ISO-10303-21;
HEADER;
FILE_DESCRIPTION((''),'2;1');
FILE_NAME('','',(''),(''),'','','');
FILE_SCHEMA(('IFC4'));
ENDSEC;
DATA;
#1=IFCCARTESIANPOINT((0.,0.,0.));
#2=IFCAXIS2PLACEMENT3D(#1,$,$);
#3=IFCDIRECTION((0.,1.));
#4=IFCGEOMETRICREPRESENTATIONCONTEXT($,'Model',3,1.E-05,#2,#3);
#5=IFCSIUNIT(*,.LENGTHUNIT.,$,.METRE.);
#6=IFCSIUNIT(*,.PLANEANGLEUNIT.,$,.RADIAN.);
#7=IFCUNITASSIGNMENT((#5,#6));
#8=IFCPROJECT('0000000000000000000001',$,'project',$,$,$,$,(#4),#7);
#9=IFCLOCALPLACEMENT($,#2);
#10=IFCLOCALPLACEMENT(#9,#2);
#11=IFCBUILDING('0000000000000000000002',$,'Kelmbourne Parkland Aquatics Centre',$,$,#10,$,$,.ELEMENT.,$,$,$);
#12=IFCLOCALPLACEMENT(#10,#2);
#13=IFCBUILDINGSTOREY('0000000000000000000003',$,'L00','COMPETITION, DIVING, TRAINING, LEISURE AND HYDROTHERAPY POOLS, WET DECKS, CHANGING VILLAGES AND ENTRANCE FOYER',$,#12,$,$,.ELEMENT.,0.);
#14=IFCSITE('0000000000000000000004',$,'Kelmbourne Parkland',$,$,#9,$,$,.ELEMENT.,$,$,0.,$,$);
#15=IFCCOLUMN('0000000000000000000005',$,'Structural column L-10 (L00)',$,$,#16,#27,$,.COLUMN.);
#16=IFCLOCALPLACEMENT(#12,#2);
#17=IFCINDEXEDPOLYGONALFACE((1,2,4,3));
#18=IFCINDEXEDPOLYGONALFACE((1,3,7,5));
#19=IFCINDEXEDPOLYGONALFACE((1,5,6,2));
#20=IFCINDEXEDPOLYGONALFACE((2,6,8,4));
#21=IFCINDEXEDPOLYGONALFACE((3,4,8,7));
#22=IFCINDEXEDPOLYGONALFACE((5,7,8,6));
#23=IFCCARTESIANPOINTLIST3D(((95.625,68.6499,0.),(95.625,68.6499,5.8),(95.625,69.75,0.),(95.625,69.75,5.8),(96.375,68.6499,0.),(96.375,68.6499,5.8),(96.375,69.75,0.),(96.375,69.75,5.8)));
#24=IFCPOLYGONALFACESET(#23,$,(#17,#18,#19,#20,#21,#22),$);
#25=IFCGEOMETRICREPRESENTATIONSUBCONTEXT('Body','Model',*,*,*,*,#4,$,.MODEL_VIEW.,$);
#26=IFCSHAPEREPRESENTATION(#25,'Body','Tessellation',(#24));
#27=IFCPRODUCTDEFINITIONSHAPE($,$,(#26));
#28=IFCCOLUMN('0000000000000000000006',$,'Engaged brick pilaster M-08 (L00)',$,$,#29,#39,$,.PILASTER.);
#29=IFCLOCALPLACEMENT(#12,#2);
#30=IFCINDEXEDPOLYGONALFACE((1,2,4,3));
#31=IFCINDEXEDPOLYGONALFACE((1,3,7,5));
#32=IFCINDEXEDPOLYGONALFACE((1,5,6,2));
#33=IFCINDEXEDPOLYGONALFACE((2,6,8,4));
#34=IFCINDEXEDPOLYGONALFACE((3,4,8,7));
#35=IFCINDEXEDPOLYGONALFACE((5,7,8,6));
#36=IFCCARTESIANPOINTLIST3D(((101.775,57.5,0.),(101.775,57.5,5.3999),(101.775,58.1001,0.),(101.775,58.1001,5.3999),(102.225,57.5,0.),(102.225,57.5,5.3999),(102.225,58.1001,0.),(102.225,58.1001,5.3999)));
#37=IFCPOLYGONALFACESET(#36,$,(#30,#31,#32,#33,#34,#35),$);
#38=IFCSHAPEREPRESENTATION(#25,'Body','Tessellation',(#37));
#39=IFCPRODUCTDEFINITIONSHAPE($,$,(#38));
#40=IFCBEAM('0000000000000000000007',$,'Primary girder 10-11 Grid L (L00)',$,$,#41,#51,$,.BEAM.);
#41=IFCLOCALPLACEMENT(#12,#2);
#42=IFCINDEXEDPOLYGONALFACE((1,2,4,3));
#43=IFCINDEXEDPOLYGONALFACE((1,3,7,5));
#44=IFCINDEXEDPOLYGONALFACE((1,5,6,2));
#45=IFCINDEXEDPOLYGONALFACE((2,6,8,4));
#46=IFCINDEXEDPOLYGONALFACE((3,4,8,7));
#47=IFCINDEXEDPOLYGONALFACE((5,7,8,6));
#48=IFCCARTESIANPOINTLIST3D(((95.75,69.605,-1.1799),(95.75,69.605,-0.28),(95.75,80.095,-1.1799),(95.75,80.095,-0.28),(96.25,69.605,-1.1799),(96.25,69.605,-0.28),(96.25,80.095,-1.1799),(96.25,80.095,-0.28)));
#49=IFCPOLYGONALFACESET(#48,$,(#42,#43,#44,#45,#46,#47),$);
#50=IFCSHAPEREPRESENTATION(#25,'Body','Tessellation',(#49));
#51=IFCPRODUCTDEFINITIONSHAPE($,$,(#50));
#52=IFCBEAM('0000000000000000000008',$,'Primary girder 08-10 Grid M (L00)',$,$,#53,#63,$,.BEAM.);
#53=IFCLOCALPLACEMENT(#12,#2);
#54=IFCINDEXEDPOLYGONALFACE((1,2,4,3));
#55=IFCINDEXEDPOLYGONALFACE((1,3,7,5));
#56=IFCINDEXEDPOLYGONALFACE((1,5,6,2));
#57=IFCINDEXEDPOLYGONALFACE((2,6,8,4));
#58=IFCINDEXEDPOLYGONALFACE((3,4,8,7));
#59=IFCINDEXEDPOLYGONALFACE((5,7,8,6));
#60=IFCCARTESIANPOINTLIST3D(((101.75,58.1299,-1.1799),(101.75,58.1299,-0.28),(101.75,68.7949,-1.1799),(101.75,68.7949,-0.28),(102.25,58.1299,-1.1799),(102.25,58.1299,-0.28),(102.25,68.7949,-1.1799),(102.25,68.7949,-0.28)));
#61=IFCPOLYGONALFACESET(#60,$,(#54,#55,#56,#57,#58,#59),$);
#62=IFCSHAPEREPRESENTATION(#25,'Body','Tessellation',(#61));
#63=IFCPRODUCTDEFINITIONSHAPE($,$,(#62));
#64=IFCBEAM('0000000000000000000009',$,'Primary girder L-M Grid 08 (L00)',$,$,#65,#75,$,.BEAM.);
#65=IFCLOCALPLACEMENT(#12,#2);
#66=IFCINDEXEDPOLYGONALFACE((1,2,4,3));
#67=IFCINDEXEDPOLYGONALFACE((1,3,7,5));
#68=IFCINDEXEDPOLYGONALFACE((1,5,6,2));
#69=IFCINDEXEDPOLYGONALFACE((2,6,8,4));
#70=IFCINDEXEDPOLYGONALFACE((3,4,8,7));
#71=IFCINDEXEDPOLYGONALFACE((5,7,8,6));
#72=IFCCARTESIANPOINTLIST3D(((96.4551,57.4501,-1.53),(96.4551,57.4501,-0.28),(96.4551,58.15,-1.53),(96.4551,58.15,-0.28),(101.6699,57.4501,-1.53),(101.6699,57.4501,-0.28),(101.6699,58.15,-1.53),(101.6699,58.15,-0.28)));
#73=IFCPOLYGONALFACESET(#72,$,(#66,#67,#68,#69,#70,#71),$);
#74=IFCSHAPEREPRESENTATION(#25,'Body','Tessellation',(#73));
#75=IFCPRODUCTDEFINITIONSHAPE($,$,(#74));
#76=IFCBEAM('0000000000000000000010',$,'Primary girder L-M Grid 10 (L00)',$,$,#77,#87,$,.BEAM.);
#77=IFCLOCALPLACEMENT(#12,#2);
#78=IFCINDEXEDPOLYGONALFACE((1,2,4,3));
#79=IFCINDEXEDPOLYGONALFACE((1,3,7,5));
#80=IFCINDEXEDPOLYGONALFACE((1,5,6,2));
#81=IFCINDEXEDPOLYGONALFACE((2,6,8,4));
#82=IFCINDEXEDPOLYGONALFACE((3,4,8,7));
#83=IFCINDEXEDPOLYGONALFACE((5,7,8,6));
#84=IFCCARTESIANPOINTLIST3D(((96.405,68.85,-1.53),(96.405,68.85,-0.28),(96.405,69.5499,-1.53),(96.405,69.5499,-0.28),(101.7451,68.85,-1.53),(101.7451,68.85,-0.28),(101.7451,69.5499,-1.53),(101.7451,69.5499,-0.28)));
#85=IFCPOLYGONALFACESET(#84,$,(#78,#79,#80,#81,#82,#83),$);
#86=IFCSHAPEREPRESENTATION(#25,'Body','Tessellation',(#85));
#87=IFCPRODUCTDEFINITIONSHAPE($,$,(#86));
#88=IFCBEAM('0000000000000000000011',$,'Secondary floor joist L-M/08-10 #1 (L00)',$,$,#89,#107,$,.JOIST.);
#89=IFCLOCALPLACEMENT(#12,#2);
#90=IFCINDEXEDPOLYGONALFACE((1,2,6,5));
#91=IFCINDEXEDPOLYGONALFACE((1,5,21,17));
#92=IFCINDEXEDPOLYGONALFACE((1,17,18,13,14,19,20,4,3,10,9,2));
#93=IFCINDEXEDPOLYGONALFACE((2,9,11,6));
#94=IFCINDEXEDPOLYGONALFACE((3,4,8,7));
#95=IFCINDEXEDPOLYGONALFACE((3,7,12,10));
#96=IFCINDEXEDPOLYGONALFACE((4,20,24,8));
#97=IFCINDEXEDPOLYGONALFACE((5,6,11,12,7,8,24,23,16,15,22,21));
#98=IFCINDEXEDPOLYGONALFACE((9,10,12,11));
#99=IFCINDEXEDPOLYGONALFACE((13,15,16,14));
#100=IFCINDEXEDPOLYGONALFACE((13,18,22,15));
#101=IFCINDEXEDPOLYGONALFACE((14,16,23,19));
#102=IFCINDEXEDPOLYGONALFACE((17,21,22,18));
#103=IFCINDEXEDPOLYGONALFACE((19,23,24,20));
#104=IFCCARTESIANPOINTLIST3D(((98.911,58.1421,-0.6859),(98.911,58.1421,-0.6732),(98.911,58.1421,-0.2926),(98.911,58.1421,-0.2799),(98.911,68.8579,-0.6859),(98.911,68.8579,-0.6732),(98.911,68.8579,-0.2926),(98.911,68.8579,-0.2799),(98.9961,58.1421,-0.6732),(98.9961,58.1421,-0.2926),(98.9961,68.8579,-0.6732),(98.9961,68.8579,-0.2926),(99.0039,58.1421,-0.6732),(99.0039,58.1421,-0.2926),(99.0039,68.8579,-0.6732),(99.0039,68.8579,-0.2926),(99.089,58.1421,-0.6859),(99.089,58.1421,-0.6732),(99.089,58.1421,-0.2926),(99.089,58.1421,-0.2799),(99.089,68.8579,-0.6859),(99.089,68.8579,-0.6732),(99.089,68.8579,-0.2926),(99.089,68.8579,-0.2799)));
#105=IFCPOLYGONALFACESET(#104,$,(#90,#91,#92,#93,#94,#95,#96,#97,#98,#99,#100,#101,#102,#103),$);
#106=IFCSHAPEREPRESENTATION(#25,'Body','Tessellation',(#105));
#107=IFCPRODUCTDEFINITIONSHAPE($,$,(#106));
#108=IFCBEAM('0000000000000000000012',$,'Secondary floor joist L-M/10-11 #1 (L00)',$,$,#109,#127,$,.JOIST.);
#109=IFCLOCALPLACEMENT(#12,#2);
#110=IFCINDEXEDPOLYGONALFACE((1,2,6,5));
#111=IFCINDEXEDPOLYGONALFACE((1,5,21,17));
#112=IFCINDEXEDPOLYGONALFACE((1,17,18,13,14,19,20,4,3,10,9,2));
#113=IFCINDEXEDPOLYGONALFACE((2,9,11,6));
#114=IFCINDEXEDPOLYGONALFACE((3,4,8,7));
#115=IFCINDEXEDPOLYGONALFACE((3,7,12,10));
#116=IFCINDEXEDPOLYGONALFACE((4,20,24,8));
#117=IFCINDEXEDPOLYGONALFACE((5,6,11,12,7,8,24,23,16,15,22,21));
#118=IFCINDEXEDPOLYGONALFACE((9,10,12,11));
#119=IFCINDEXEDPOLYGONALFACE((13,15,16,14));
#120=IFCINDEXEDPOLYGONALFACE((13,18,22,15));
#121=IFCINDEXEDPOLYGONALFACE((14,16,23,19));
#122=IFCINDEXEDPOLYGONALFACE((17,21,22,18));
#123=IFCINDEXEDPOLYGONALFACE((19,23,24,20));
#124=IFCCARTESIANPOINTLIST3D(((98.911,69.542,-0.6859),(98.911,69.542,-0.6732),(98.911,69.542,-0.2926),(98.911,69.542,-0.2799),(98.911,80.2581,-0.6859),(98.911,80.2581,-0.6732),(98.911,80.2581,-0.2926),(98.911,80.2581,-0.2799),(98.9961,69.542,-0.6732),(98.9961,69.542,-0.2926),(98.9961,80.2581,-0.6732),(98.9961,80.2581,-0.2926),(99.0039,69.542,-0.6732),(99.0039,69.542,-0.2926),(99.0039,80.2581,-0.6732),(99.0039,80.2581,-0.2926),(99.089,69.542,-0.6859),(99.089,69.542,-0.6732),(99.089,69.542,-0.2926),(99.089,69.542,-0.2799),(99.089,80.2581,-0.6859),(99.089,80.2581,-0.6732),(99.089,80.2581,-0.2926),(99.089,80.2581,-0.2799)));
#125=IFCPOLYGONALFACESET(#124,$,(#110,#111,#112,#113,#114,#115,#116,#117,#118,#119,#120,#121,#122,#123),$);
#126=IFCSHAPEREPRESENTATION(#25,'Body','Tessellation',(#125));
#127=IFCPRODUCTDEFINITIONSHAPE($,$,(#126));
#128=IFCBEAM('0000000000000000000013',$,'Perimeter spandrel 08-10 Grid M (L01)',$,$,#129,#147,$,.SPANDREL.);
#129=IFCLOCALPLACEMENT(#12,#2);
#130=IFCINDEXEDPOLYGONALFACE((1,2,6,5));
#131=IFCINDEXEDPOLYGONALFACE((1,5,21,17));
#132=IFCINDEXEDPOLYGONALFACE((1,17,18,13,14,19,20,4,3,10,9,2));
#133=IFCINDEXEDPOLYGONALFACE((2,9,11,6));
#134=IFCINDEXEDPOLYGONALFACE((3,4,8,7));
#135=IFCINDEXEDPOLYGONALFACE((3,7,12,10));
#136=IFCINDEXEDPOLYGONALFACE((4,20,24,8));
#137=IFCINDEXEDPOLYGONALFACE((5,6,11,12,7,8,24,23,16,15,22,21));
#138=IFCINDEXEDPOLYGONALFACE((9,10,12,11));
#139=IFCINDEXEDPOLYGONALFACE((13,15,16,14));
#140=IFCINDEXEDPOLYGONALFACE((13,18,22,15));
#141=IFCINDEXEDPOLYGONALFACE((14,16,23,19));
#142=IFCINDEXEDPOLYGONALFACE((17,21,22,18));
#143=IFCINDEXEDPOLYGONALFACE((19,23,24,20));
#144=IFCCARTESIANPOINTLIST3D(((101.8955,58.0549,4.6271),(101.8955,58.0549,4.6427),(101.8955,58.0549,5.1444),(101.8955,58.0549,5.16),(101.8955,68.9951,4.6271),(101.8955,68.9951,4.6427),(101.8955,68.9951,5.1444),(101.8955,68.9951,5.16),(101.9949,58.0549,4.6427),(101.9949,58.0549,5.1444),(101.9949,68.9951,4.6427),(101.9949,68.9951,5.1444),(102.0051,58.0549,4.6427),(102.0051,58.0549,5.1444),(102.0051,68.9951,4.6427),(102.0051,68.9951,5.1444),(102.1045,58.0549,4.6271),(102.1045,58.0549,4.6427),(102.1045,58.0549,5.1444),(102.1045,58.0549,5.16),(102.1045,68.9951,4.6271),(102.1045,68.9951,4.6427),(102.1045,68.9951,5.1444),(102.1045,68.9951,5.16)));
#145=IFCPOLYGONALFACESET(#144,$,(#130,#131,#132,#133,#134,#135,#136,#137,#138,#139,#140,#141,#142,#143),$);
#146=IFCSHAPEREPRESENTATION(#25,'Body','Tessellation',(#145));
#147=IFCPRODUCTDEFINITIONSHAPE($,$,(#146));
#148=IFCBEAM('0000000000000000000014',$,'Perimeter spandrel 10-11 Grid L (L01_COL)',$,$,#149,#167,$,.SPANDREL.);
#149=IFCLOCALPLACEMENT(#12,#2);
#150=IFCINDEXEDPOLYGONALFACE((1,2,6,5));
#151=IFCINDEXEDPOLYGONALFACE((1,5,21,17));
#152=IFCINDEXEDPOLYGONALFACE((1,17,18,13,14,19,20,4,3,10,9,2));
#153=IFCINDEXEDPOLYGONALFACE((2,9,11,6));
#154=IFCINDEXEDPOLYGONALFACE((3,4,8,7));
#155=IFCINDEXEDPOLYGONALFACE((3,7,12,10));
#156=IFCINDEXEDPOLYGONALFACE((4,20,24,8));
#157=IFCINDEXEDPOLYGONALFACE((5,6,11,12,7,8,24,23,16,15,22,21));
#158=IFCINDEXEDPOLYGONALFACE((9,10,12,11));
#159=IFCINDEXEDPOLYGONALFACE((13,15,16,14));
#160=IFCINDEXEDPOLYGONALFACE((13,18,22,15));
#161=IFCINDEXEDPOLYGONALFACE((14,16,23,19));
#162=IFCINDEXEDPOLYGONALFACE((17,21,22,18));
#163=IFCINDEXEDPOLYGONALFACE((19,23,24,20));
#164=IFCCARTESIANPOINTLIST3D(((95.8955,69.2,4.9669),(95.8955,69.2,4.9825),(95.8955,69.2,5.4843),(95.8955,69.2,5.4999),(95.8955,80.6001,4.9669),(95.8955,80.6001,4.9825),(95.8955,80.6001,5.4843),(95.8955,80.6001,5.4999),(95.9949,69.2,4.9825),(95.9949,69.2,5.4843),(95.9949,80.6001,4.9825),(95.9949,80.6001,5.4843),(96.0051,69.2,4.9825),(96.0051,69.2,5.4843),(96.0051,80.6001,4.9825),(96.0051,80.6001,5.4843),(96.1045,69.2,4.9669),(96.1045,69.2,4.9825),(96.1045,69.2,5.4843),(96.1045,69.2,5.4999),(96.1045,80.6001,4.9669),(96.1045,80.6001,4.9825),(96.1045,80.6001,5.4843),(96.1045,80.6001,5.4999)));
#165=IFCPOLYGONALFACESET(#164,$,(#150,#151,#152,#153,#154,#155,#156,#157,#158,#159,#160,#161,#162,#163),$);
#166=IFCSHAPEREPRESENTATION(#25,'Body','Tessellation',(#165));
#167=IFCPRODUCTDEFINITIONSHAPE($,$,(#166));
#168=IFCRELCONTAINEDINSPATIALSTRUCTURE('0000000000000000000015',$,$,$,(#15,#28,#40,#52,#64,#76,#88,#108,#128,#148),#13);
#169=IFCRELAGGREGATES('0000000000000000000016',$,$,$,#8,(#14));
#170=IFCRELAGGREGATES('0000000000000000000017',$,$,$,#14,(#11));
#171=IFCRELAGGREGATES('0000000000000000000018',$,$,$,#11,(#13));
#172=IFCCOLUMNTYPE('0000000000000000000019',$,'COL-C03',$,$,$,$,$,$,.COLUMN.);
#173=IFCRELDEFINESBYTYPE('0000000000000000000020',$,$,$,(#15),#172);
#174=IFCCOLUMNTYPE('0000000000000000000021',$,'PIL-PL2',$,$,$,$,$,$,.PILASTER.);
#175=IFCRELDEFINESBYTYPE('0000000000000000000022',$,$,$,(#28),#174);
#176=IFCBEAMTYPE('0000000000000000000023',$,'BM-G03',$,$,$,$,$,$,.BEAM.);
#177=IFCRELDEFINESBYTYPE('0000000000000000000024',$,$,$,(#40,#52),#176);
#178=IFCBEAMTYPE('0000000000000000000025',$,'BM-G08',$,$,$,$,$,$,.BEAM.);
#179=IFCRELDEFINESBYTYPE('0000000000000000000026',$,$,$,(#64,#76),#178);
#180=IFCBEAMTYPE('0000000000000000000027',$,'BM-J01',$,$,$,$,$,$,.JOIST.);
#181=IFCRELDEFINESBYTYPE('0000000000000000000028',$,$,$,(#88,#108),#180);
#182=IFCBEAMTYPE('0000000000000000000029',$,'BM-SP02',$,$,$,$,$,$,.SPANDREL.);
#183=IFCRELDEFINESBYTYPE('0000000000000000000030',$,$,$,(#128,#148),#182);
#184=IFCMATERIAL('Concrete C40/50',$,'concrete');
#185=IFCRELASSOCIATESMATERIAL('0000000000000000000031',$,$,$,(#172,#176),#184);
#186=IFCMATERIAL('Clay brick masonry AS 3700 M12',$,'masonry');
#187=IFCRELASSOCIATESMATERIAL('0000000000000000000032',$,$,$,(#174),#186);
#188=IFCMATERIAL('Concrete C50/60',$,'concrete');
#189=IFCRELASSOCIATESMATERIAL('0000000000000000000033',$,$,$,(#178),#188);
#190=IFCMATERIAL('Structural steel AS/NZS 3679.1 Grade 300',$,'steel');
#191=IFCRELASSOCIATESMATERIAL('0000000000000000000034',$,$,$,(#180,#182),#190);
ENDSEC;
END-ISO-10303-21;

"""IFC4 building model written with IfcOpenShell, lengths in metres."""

from ifc_helpers import new_model, si_unit, direction, frame, origin, origin_2d, place, context, subcontext, project, spatial, rectangle, i_section, extrude, material, material_profile, profile_set, type_object, element, save


model = new_model("IFC4")

# Units and contexts
model_context = context("Model", 3, precision=1e-05, world=origin(), true_north=direction((0.0, 1.0)))
body_context = subcontext(model_context, "Body", "Model", "MODEL_VIEW")
ifc_project = project(units=[si_unit("LENGTHUNIT", "METRE"), si_unit("PLANEANGLEUNIT", "RADIAN")], contexts=[model_context])

# Site, building, storey
site_placement = place(None, origin())
site = spatial("IfcSite", under=ifc_project, at=site_placement, Name="Kelmbourne Parkland", CompositionType="ELEMENT", RefElevation=0.0)
building_placement = place(site_placement, origin())
building = spatial("IfcBuilding", under=site, at=building_placement, Name="Kelmbourne Parkland Aquatics Centre", CompositionType="ELEMENT")
storey_placement = place(building_placement, origin())
storey = spatial("IfcBuildingStorey", under=building, at=storey_placement, Name="L00", Description="COMPETITION, DIVING, TRAINING, LEISURE AND HYDROTHERAPY POOLS, WET DECKS, CHANGING VILLAGES AND ENTRANCE FOYER", CompositionType="ELEMENT", Elevation=0.0)

# Columns
ifc_material_1 = material(Name="Concrete C40/50", Category="concrete")
ifc_material_profile_1 = material_profile(ifc_material_1, rectangle(XDim=0.75, YDim=1.1001, at=origin_2d()), Name="RC 750x1100")
ifc_profile_set_1 = profile_set([ifc_material_profile_1], Name="Concrete C40/50")
column_type_1 = type_object("IfcColumnType", Name="COL-C03", PredefinedType="COLUMN", material=ifc_profile_set_1)
column_1_placement = place(storey_placement, frame((96.0, 69.2, 0.0), z_axis=(0.0, 0.0, 1.0), x_axis=(1.0, 0.0, 0.0)))
element("IfcColumn", 1, at=column_1_placement, inside=storey, type_object=column_type_1, Name="Structural column L-10 (L00)", PredefinedType="COLUMN", context=body_context, shape_type="SweptSolid", body=[
    extrude(rectangle(XDim=0.75, YDim=1.1001, at=origin_2d()), origin(), (0.0, 0.0, 1.0), 5.8),
])
ifc_material_2 = material(Name="Clay brick masonry AS 3700 M12", Category="masonry")
ifc_material_profile_2 = material_profile(ifc_material_2, rectangle(XDim=0.45, YDim=0.6001, at=origin_2d()), Name="PIL 450x600")
ifc_profile_set_2 = profile_set([ifc_material_profile_2], Name="Clay brick masonry AS 3700 M12")
column_type_2 = type_object("IfcColumnType", Name="PIL-PL2", PredefinedType="PILASTER", material=ifc_profile_set_2)
column_2_placement = place(storey_placement, frame((102.0, 57.8, 0.0), z_axis=(0.0, 0.0, 1.0), x_axis=(1.0, 0.0, 0.0)))
element("IfcColumn", 2, at=column_2_placement, inside=storey, type_object=column_type_2, Name="Engaged brick pilaster M-08 (L00)", PredefinedType="PILASTER", context=body_context, shape_type="SweptSolid", body=[
    extrude(rectangle(XDim=0.45, YDim=0.6001, at=origin_2d()), origin(), (0.0, 0.0, 1.0), 5.3999),
])

# Beams
ifc_material_profile_3 = material_profile(ifc_material_1, rectangle(XDim=0.5, YDim=0.8999, at=origin_2d()), Name="RC 500x900")
ifc_profile_set_3 = profile_set([ifc_material_profile_3], Name="Concrete C40/50")
beam_type_1 = type_object("IfcBeamType", Name="BM-G03", PredefinedType="BEAM", material=ifc_profile_set_3)
beam_1_placement = place(storey_placement, frame((96.0, 69.605, -0.73), z_axis=(0.0, 1.0, 0.0), x_axis=(-1.0, 0.0, 0.0)))
element("IfcBeam", 3, at=beam_1_placement, inside=storey, type_object=beam_type_1, Name="Primary girder 10-11 Grid L (L00)", PredefinedType="BEAM", context=body_context, shape_type="SweptSolid", body=[
    extrude(rectangle(XDim=0.5, YDim=0.8999, at=origin_2d()), origin(), (0.0, 0.0, 1.0), 10.49),
])
beam_2_placement = place(storey_placement, frame((102.0, 58.1299, -0.73), z_axis=(0.0, 1.0, 0.0), x_axis=(-1.0, 0.0, 0.0)))
element("IfcBeam", 4, at=beam_2_placement, inside=storey, type_object=beam_type_1, Name="Primary girder 08-10 Grid M (L00)", PredefinedType="BEAM", context=body_context, shape_type="SweptSolid", body=[
    extrude(rectangle(XDim=0.5, YDim=0.8999, at=origin_2d()), origin(), (0.0, 0.0, 1.0), 10.665),
])
ifc_material_3 = material(Name="Concrete C50/60", Category="concrete")
ifc_material_profile_4 = material_profile(ifc_material_3, rectangle(XDim=0.7, YDim=1.25, at=origin_2d()), Name="RC 700x1250")
ifc_profile_set_4 = profile_set([ifc_material_profile_4], Name="Concrete C50/60")
beam_type_2 = type_object("IfcBeamType", Name="BM-G08", PredefinedType="BEAM", material=ifc_profile_set_4)
beam_3_placement = place(storey_placement, frame((96.4551, 57.8, -0.905), z_axis=(1.0, 0.0, 0.0), x_axis=(0.0, 1.0, 0.0)))
element("IfcBeam", 5, at=beam_3_placement, inside=storey, type_object=beam_type_2, Name="Primary girder L-M Grid 08 (L00)", PredefinedType="BEAM", context=body_context, shape_type="SweptSolid", body=[
    extrude(rectangle(XDim=0.7, YDim=1.25, at=origin_2d()), origin(), (0.0, 0.0, 1.0), 5.2148),
])
beam_4_placement = place(storey_placement, frame((96.405, 69.2, -0.905), z_axis=(1.0, 0.0, 0.0), x_axis=(0.0, 1.0, 0.0)))
element("IfcBeam", 6, at=beam_4_placement, inside=storey, type_object=beam_type_2, Name="Primary girder L-M Grid 10 (L00)", PredefinedType="BEAM", context=body_context, shape_type="SweptSolid", body=[
    extrude(rectangle(XDim=0.7, YDim=1.25, at=origin_2d()), origin(), (0.0, 0.0, 1.0), 5.3401),
])
ifc_material_4 = material(Name="Structural steel AS/NZS 3679.1 Grade 300", Category="steel")
ifc_material_profile_5 = material_profile(ifc_material_4, i_section(OverallWidth=0.178, OverallDepth=0.406, WebThickness=0.0078, FlangeThickness=0.0127, at=origin_2d()), Name="410UB59.7")
ifc_profile_set_5 = profile_set([ifc_material_profile_5], Name="Structural steel AS/NZS 3679.1 Grade 300")
beam_type_3 = type_object("IfcBeamType", Name="BM-J01", PredefinedType="JOIST", material=ifc_profile_set_5)
beam_5_placement = place(storey_placement, frame((99.0, 58.1421, -0.4829), z_axis=(0.0, 1.0, 0.0), x_axis=(-1.0, 0.0, 0.0)))
element("IfcBeam", 7, at=beam_5_placement, inside=storey, type_object=beam_type_3, Name="Secondary floor joist L-M/08-10 #1 (L00)", PredefinedType="JOIST", context=body_context, shape_type="SweptSolid", body=[
    extrude(i_section(OverallWidth=0.178, OverallDepth=0.406, WebThickness=0.0078, FlangeThickness=0.0127, at=origin_2d()), origin(), (0.0, 0.0, 1.0), 10.7158),
])
beam_6_placement = place(storey_placement, frame((99.0, 69.542, -0.4829), z_axis=(0.0, 1.0, 0.0), x_axis=(-1.0, 0.0, 0.0)))
element("IfcBeam", 8, at=beam_6_placement, inside=storey, type_object=beam_type_3, Name="Secondary floor joist L-M/10-11 #1 (L00)", PredefinedType="JOIST", context=body_context, shape_type="SweptSolid", body=[
    extrude(i_section(OverallWidth=0.178, OverallDepth=0.406, WebThickness=0.0078, FlangeThickness=0.0127, at=origin_2d()), origin(), (0.0, 0.0, 1.0), 10.7161),
])
ifc_material_profile_6 = material_profile(ifc_material_4, i_section(OverallWidth=0.209, OverallDepth=0.533, WebThickness=0.0103, FlangeThickness=0.0156, at=origin_2d()), Name="530UB92.4")
ifc_profile_set_6 = profile_set([ifc_material_profile_6], Name="Structural steel AS/NZS 3679.1 Grade 300")
beam_type_4 = type_object("IfcBeamType", Name="BM-SP02", PredefinedType="SPANDREL", material=ifc_profile_set_6)
beam_7_placement = place(storey_placement, frame((102.0, 58.0549, 4.8936), z_axis=(0.0, 1.0, 0.0), x_axis=(-1.0, 0.0, 0.0)))
element("IfcBeam", 9, at=beam_7_placement, inside=storey, type_object=beam_type_4, Name="Perimeter spandrel 08-10 Grid M (L01)", PredefinedType="SPANDREL", context=body_context, shape_type="SweptSolid", body=[
    extrude(i_section(OverallWidth=0.209, OverallDepth=0.533, WebThickness=0.0103, FlangeThickness=0.0156, at=origin_2d()), origin(), (0.0, 0.0, 1.0), 10.9402),
])
beam_8_placement = place(storey_placement, frame((96.0, 69.2, 5.2334), z_axis=(0.0, 1.0, 0.0), x_axis=(-1.0, 0.0, 0.0)))
element("IfcBeam", 10, at=beam_8_placement, inside=storey, type_object=beam_type_4, Name="Perimeter spandrel 10-11 Grid L (L01_COL)", PredefinedType="SPANDREL", context=body_context, shape_type="SweptSolid", body=[
    extrude(i_section(OverallWidth=0.209, OverallDepth=0.533, WebThickness=0.0103, FlangeThickness=0.0156, at=origin_2d()), origin(), (0.0, 0.0, 1.0), 11.4001),
])

save(model, "model.ifc")
